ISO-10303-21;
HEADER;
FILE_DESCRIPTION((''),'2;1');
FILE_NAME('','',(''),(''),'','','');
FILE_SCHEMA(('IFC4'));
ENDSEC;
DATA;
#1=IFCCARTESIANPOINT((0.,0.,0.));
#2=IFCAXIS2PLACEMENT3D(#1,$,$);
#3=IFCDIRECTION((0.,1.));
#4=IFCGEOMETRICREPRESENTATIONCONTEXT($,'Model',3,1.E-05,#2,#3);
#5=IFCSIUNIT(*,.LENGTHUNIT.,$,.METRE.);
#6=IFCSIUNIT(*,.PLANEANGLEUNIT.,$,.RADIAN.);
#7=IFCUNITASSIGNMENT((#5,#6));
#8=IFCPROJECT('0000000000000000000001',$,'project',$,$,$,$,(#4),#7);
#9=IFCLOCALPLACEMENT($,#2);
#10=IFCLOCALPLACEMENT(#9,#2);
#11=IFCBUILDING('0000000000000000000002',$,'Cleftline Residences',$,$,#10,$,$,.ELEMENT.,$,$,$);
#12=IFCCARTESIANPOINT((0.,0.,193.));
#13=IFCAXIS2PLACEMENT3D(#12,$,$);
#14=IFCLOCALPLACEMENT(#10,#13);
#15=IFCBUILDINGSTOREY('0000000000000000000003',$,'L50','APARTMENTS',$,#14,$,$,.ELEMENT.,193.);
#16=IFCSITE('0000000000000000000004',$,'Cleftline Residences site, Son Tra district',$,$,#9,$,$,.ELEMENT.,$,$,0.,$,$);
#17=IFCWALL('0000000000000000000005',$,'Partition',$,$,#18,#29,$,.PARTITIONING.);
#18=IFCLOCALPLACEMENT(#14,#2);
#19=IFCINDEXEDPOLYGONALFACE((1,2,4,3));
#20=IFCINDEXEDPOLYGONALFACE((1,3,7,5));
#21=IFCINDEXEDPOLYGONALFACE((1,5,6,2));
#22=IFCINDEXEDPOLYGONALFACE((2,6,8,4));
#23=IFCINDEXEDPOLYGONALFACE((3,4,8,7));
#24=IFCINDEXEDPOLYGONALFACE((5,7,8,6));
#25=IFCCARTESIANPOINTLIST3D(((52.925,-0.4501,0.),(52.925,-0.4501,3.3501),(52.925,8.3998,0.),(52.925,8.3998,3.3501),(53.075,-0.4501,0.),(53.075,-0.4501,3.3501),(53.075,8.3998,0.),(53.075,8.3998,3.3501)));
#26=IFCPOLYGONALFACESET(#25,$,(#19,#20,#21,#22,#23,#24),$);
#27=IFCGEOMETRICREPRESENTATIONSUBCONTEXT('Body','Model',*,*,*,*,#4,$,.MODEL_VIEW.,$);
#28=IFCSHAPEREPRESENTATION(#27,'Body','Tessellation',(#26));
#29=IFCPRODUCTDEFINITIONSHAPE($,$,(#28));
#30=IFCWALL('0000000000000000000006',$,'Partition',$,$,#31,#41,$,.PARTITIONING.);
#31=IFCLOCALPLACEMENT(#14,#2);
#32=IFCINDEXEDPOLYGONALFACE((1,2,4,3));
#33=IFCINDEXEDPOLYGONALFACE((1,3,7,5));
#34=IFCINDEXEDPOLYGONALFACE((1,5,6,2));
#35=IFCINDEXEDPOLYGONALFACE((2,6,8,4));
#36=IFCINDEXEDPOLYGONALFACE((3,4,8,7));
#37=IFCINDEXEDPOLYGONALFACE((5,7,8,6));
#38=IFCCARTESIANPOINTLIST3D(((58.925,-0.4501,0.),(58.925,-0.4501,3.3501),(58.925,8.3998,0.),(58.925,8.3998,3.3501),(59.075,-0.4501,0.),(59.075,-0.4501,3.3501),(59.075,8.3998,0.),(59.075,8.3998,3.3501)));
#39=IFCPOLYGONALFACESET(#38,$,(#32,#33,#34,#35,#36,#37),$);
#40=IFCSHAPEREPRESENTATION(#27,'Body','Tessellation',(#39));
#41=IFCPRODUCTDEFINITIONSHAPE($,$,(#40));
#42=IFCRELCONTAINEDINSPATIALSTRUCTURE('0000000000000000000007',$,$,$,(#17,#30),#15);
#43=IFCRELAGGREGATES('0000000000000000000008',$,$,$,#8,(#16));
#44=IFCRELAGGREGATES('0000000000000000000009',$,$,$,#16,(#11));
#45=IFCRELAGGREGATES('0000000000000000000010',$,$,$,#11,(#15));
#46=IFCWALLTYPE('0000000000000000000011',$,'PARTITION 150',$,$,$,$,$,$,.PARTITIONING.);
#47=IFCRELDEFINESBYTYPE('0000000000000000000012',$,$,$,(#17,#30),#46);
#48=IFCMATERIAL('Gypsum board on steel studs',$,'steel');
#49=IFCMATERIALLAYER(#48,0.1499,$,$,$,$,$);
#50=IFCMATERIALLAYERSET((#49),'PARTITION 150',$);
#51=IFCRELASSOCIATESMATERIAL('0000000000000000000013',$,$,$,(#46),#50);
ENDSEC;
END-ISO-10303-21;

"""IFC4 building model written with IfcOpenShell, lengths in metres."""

from ifc_helpers import new_model, si_unit, direction, frame, frame_2d, origin, place, context, subcontext, project, spatial, rectangle, extrude, material, layer, layer_set, type_object, element, save


model = new_model("IFC4")

# Units and contexts
model_context = context("Model", 3, precision=1e-05, world=origin(), true_north=direction((0.0, 1.0)))
body_context = subcontext(model_context, "Body", "Model", "MODEL_VIEW")
ifc_project = project(units=[si_unit("LENGTHUNIT", "METRE"), si_unit("PLANEANGLEUNIT", "RADIAN")], contexts=[model_context])

# Site, building, storey
site_placement = place(None, origin())
site = spatial("IfcSite", under=ifc_project, at=site_placement, Name="Cleftline Residences site, Son Tra district", CompositionType="ELEMENT", RefElevation=0.0)
building_placement = place(site_placement, origin())
building = spatial("IfcBuilding", under=site, at=building_placement, Name="Cleftline Residences", CompositionType="ELEMENT")
storey_placement = place(building_placement, frame((0.0, 0.0, 193.0)))
storey = spatial("IfcBuildingStorey", under=building, at=storey_placement, Name="L50", Description="APARTMENTS", CompositionType="ELEMENT", Elevation=193.0)

# Walls
ifc_material_1 = material(Name="Gypsum board on steel studs", Category="steel")
ifc_layer_1 = layer(ifc_material_1, 0.1499)
ifc_layer_set_1 = layer_set([ifc_layer_1], Name="PARTITION 150")
wall_type_1 = type_object("IfcWallType", Name="PARTITION 150", PredefinedType="PARTITIONING", material=ifc_layer_set_1)
for number, where, z_axis, x_axis, name in (
    (1, (53.0, -0.45, 0.0), (0.0, 0.0, 1.0), (0.0, 1.0, 0.0), "Partition"),
    (2, (59.0, -0.45, 0.0), (0.0, 0.0, 1.0), (0.0, 1.0, 0.0), "Partition"),
):
    element("IfcWall", number, at=place(storey_placement, frame(where, z_axis=z_axis, x_axis=x_axis)), inside=storey, type_object=wall_type_1, Name=name, PredefinedType="PARTITIONING", context=body_context, shape_type="SweptSolid", body=[
        extrude(rectangle(XDim=8.8499, YDim=0.1499, at=frame_2d((4.4248, 0.0))), origin(), (0.0, 0.0, 1.0), 3.3501),
    ])

save(model, "model.ifc")
